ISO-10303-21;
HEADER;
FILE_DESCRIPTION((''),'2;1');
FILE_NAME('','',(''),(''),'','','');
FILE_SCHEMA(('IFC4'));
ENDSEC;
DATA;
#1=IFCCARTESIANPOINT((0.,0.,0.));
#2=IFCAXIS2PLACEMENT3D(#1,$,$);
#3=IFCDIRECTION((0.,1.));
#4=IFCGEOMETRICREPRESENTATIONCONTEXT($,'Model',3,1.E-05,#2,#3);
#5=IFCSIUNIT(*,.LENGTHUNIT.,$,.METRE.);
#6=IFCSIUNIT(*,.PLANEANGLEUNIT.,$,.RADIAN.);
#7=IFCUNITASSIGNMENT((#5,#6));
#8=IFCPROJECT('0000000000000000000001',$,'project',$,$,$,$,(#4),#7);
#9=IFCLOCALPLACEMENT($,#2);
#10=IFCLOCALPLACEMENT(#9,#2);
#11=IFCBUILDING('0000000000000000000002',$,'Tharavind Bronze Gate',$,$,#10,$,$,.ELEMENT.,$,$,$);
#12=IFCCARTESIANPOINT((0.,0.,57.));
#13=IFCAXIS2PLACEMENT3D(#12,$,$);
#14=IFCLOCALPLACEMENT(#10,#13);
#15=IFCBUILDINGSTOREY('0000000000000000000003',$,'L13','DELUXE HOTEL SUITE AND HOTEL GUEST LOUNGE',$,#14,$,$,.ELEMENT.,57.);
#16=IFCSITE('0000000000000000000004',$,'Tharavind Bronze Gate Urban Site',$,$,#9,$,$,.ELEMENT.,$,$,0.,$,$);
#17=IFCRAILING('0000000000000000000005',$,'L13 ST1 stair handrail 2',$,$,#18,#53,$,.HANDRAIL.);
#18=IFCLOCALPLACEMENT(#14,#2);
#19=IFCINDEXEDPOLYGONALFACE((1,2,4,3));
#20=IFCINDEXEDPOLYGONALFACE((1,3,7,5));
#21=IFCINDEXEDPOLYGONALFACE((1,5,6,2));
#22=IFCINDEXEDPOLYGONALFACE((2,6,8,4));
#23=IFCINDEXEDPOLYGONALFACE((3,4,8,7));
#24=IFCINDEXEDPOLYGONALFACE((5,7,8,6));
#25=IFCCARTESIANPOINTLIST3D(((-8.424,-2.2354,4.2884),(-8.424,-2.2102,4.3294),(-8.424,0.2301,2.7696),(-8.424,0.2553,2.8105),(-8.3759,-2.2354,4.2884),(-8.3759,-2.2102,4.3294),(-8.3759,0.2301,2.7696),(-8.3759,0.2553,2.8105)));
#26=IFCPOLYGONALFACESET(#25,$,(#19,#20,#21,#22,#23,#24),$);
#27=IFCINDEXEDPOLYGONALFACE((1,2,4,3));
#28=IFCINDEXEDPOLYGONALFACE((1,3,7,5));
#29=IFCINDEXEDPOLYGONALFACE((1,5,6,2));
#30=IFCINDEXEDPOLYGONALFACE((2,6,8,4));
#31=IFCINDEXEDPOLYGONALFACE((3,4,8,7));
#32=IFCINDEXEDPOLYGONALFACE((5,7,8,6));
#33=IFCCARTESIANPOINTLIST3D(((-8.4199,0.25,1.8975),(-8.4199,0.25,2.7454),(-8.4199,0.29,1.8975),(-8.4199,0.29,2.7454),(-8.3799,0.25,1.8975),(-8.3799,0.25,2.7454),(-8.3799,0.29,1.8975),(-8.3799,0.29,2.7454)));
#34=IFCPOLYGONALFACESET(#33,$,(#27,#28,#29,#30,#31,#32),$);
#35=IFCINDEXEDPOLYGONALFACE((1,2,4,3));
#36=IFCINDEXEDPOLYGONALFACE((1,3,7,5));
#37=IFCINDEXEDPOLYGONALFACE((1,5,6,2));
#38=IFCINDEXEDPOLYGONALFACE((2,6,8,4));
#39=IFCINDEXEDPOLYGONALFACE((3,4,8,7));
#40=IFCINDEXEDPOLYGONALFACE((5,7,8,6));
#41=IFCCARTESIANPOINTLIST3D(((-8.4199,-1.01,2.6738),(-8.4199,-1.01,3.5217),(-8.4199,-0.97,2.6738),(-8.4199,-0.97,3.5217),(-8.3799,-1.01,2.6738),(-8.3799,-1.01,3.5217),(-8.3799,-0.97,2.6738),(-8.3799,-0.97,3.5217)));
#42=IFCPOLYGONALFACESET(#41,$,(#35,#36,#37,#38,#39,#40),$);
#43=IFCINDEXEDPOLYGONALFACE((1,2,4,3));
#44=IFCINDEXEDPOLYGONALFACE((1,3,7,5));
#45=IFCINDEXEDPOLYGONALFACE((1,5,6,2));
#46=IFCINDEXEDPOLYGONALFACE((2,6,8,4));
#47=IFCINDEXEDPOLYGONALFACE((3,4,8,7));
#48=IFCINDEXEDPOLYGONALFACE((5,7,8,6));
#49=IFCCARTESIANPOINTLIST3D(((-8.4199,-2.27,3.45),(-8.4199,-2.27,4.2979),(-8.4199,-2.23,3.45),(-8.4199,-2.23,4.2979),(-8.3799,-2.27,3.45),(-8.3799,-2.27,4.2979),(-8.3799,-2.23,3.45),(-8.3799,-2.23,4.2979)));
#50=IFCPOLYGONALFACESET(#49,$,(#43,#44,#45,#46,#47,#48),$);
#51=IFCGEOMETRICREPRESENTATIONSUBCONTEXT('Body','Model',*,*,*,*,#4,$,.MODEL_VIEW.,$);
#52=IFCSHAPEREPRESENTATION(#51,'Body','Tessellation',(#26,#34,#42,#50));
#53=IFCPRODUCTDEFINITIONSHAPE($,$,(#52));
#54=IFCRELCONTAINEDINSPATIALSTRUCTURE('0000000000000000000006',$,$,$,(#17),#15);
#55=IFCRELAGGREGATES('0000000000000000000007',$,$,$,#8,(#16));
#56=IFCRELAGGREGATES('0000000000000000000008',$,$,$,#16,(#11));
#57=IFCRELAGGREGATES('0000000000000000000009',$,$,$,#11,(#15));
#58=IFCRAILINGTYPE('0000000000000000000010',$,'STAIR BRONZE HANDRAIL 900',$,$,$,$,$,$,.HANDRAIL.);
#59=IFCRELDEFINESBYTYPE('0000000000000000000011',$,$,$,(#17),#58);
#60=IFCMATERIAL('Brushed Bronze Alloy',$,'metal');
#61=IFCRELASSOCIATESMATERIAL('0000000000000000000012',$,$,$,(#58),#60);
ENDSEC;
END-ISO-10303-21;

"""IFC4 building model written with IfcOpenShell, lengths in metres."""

from ifc_helpers import new_model, si_unit, direction, frame, origin, origin_2d, place, context, subcontext, project, spatial, rectangle, extrude, material, type_object, element, save


model = new_model("IFC4")

# Units and contexts
model_context = context("Model", 3, precision=1e-05, world=origin(), true_north=direction((0.0, 1.0)))
body_context = subcontext(model_context, "Body", "Model", "MODEL_VIEW")
ifc_project = project(units=[si_unit("LENGTHUNIT", "METRE"), si_unit("PLANEANGLEUNIT", "RADIAN")], contexts=[model_context])

# Site, building, storey
site_placement = place(None, origin())
site = spatial("IfcSite", under=ifc_project, at=site_placement, Name="Tharavind Bronze Gate Urban Site", CompositionType="ELEMENT", RefElevation=0.0)
building_placement = place(site_placement, origin())
building = spatial("IfcBuilding", under=site, at=building_placement, Name="Tharavind Bronze Gate", CompositionType="ELEMENT")
storey_placement = place(building_placement, frame((0.0, 0.0, 57.0)))
storey = spatial("IfcBuildingStorey", under=building, at=storey_placement, Name="L13", Description="DELUXE HOTEL SUITE AND HOTEL GUEST LOUNGE", CompositionType="ELEMENT", Elevation=57.0)

# Railing
ifc_material_1 = material(Name="Brushed Bronze Alloy", Category="metal")
railing_type = type_object("IfcRailingType", Name="STAIR BRONZE HANDRAIL 900", PredefinedType="HANDRAIL", material=ifc_material_1)
railing_placement = place(storey_placement, frame((-8.3999, 0.27, 1.8975)))
element("IfcRailing", 1, at=railing_placement, inside=storey, type_object=railing_type, Name="L13 ST1 stair handrail 2", PredefinedType="HANDRAIL", context=body_context, shape_type="SweptSolid", body=[
    extrude(rectangle(XDim=0.0481, YDim=0.0481, at=origin_2d()), frame((0.0, -0.0273, 0.8926), z_axis=(0.0, -0.8514, 0.524516), x_axis=(1.0, 0.0, 0.0)), (0.0, 0.0, 1.0), 2.8958),
    extrude(rectangle(XDim=0.04, YDim=0.04, at=origin_2d()), origin(), (0.0, 0.0, 1.0), 0.8479),
    extrude(rectangle(XDim=0.04, YDim=0.04, at=origin_2d()), frame((0.0, -1.26, 0.7764)), (0.0, 0.0, 1.0), 0.8479),
    extrude(rectangle(XDim=0.04, YDim=0.04, at=origin_2d()), frame((0.0, -2.52, 1.5525)), (0.0, 0.0, 1.0), 0.8479),
])

save(model, "model.ifc")
